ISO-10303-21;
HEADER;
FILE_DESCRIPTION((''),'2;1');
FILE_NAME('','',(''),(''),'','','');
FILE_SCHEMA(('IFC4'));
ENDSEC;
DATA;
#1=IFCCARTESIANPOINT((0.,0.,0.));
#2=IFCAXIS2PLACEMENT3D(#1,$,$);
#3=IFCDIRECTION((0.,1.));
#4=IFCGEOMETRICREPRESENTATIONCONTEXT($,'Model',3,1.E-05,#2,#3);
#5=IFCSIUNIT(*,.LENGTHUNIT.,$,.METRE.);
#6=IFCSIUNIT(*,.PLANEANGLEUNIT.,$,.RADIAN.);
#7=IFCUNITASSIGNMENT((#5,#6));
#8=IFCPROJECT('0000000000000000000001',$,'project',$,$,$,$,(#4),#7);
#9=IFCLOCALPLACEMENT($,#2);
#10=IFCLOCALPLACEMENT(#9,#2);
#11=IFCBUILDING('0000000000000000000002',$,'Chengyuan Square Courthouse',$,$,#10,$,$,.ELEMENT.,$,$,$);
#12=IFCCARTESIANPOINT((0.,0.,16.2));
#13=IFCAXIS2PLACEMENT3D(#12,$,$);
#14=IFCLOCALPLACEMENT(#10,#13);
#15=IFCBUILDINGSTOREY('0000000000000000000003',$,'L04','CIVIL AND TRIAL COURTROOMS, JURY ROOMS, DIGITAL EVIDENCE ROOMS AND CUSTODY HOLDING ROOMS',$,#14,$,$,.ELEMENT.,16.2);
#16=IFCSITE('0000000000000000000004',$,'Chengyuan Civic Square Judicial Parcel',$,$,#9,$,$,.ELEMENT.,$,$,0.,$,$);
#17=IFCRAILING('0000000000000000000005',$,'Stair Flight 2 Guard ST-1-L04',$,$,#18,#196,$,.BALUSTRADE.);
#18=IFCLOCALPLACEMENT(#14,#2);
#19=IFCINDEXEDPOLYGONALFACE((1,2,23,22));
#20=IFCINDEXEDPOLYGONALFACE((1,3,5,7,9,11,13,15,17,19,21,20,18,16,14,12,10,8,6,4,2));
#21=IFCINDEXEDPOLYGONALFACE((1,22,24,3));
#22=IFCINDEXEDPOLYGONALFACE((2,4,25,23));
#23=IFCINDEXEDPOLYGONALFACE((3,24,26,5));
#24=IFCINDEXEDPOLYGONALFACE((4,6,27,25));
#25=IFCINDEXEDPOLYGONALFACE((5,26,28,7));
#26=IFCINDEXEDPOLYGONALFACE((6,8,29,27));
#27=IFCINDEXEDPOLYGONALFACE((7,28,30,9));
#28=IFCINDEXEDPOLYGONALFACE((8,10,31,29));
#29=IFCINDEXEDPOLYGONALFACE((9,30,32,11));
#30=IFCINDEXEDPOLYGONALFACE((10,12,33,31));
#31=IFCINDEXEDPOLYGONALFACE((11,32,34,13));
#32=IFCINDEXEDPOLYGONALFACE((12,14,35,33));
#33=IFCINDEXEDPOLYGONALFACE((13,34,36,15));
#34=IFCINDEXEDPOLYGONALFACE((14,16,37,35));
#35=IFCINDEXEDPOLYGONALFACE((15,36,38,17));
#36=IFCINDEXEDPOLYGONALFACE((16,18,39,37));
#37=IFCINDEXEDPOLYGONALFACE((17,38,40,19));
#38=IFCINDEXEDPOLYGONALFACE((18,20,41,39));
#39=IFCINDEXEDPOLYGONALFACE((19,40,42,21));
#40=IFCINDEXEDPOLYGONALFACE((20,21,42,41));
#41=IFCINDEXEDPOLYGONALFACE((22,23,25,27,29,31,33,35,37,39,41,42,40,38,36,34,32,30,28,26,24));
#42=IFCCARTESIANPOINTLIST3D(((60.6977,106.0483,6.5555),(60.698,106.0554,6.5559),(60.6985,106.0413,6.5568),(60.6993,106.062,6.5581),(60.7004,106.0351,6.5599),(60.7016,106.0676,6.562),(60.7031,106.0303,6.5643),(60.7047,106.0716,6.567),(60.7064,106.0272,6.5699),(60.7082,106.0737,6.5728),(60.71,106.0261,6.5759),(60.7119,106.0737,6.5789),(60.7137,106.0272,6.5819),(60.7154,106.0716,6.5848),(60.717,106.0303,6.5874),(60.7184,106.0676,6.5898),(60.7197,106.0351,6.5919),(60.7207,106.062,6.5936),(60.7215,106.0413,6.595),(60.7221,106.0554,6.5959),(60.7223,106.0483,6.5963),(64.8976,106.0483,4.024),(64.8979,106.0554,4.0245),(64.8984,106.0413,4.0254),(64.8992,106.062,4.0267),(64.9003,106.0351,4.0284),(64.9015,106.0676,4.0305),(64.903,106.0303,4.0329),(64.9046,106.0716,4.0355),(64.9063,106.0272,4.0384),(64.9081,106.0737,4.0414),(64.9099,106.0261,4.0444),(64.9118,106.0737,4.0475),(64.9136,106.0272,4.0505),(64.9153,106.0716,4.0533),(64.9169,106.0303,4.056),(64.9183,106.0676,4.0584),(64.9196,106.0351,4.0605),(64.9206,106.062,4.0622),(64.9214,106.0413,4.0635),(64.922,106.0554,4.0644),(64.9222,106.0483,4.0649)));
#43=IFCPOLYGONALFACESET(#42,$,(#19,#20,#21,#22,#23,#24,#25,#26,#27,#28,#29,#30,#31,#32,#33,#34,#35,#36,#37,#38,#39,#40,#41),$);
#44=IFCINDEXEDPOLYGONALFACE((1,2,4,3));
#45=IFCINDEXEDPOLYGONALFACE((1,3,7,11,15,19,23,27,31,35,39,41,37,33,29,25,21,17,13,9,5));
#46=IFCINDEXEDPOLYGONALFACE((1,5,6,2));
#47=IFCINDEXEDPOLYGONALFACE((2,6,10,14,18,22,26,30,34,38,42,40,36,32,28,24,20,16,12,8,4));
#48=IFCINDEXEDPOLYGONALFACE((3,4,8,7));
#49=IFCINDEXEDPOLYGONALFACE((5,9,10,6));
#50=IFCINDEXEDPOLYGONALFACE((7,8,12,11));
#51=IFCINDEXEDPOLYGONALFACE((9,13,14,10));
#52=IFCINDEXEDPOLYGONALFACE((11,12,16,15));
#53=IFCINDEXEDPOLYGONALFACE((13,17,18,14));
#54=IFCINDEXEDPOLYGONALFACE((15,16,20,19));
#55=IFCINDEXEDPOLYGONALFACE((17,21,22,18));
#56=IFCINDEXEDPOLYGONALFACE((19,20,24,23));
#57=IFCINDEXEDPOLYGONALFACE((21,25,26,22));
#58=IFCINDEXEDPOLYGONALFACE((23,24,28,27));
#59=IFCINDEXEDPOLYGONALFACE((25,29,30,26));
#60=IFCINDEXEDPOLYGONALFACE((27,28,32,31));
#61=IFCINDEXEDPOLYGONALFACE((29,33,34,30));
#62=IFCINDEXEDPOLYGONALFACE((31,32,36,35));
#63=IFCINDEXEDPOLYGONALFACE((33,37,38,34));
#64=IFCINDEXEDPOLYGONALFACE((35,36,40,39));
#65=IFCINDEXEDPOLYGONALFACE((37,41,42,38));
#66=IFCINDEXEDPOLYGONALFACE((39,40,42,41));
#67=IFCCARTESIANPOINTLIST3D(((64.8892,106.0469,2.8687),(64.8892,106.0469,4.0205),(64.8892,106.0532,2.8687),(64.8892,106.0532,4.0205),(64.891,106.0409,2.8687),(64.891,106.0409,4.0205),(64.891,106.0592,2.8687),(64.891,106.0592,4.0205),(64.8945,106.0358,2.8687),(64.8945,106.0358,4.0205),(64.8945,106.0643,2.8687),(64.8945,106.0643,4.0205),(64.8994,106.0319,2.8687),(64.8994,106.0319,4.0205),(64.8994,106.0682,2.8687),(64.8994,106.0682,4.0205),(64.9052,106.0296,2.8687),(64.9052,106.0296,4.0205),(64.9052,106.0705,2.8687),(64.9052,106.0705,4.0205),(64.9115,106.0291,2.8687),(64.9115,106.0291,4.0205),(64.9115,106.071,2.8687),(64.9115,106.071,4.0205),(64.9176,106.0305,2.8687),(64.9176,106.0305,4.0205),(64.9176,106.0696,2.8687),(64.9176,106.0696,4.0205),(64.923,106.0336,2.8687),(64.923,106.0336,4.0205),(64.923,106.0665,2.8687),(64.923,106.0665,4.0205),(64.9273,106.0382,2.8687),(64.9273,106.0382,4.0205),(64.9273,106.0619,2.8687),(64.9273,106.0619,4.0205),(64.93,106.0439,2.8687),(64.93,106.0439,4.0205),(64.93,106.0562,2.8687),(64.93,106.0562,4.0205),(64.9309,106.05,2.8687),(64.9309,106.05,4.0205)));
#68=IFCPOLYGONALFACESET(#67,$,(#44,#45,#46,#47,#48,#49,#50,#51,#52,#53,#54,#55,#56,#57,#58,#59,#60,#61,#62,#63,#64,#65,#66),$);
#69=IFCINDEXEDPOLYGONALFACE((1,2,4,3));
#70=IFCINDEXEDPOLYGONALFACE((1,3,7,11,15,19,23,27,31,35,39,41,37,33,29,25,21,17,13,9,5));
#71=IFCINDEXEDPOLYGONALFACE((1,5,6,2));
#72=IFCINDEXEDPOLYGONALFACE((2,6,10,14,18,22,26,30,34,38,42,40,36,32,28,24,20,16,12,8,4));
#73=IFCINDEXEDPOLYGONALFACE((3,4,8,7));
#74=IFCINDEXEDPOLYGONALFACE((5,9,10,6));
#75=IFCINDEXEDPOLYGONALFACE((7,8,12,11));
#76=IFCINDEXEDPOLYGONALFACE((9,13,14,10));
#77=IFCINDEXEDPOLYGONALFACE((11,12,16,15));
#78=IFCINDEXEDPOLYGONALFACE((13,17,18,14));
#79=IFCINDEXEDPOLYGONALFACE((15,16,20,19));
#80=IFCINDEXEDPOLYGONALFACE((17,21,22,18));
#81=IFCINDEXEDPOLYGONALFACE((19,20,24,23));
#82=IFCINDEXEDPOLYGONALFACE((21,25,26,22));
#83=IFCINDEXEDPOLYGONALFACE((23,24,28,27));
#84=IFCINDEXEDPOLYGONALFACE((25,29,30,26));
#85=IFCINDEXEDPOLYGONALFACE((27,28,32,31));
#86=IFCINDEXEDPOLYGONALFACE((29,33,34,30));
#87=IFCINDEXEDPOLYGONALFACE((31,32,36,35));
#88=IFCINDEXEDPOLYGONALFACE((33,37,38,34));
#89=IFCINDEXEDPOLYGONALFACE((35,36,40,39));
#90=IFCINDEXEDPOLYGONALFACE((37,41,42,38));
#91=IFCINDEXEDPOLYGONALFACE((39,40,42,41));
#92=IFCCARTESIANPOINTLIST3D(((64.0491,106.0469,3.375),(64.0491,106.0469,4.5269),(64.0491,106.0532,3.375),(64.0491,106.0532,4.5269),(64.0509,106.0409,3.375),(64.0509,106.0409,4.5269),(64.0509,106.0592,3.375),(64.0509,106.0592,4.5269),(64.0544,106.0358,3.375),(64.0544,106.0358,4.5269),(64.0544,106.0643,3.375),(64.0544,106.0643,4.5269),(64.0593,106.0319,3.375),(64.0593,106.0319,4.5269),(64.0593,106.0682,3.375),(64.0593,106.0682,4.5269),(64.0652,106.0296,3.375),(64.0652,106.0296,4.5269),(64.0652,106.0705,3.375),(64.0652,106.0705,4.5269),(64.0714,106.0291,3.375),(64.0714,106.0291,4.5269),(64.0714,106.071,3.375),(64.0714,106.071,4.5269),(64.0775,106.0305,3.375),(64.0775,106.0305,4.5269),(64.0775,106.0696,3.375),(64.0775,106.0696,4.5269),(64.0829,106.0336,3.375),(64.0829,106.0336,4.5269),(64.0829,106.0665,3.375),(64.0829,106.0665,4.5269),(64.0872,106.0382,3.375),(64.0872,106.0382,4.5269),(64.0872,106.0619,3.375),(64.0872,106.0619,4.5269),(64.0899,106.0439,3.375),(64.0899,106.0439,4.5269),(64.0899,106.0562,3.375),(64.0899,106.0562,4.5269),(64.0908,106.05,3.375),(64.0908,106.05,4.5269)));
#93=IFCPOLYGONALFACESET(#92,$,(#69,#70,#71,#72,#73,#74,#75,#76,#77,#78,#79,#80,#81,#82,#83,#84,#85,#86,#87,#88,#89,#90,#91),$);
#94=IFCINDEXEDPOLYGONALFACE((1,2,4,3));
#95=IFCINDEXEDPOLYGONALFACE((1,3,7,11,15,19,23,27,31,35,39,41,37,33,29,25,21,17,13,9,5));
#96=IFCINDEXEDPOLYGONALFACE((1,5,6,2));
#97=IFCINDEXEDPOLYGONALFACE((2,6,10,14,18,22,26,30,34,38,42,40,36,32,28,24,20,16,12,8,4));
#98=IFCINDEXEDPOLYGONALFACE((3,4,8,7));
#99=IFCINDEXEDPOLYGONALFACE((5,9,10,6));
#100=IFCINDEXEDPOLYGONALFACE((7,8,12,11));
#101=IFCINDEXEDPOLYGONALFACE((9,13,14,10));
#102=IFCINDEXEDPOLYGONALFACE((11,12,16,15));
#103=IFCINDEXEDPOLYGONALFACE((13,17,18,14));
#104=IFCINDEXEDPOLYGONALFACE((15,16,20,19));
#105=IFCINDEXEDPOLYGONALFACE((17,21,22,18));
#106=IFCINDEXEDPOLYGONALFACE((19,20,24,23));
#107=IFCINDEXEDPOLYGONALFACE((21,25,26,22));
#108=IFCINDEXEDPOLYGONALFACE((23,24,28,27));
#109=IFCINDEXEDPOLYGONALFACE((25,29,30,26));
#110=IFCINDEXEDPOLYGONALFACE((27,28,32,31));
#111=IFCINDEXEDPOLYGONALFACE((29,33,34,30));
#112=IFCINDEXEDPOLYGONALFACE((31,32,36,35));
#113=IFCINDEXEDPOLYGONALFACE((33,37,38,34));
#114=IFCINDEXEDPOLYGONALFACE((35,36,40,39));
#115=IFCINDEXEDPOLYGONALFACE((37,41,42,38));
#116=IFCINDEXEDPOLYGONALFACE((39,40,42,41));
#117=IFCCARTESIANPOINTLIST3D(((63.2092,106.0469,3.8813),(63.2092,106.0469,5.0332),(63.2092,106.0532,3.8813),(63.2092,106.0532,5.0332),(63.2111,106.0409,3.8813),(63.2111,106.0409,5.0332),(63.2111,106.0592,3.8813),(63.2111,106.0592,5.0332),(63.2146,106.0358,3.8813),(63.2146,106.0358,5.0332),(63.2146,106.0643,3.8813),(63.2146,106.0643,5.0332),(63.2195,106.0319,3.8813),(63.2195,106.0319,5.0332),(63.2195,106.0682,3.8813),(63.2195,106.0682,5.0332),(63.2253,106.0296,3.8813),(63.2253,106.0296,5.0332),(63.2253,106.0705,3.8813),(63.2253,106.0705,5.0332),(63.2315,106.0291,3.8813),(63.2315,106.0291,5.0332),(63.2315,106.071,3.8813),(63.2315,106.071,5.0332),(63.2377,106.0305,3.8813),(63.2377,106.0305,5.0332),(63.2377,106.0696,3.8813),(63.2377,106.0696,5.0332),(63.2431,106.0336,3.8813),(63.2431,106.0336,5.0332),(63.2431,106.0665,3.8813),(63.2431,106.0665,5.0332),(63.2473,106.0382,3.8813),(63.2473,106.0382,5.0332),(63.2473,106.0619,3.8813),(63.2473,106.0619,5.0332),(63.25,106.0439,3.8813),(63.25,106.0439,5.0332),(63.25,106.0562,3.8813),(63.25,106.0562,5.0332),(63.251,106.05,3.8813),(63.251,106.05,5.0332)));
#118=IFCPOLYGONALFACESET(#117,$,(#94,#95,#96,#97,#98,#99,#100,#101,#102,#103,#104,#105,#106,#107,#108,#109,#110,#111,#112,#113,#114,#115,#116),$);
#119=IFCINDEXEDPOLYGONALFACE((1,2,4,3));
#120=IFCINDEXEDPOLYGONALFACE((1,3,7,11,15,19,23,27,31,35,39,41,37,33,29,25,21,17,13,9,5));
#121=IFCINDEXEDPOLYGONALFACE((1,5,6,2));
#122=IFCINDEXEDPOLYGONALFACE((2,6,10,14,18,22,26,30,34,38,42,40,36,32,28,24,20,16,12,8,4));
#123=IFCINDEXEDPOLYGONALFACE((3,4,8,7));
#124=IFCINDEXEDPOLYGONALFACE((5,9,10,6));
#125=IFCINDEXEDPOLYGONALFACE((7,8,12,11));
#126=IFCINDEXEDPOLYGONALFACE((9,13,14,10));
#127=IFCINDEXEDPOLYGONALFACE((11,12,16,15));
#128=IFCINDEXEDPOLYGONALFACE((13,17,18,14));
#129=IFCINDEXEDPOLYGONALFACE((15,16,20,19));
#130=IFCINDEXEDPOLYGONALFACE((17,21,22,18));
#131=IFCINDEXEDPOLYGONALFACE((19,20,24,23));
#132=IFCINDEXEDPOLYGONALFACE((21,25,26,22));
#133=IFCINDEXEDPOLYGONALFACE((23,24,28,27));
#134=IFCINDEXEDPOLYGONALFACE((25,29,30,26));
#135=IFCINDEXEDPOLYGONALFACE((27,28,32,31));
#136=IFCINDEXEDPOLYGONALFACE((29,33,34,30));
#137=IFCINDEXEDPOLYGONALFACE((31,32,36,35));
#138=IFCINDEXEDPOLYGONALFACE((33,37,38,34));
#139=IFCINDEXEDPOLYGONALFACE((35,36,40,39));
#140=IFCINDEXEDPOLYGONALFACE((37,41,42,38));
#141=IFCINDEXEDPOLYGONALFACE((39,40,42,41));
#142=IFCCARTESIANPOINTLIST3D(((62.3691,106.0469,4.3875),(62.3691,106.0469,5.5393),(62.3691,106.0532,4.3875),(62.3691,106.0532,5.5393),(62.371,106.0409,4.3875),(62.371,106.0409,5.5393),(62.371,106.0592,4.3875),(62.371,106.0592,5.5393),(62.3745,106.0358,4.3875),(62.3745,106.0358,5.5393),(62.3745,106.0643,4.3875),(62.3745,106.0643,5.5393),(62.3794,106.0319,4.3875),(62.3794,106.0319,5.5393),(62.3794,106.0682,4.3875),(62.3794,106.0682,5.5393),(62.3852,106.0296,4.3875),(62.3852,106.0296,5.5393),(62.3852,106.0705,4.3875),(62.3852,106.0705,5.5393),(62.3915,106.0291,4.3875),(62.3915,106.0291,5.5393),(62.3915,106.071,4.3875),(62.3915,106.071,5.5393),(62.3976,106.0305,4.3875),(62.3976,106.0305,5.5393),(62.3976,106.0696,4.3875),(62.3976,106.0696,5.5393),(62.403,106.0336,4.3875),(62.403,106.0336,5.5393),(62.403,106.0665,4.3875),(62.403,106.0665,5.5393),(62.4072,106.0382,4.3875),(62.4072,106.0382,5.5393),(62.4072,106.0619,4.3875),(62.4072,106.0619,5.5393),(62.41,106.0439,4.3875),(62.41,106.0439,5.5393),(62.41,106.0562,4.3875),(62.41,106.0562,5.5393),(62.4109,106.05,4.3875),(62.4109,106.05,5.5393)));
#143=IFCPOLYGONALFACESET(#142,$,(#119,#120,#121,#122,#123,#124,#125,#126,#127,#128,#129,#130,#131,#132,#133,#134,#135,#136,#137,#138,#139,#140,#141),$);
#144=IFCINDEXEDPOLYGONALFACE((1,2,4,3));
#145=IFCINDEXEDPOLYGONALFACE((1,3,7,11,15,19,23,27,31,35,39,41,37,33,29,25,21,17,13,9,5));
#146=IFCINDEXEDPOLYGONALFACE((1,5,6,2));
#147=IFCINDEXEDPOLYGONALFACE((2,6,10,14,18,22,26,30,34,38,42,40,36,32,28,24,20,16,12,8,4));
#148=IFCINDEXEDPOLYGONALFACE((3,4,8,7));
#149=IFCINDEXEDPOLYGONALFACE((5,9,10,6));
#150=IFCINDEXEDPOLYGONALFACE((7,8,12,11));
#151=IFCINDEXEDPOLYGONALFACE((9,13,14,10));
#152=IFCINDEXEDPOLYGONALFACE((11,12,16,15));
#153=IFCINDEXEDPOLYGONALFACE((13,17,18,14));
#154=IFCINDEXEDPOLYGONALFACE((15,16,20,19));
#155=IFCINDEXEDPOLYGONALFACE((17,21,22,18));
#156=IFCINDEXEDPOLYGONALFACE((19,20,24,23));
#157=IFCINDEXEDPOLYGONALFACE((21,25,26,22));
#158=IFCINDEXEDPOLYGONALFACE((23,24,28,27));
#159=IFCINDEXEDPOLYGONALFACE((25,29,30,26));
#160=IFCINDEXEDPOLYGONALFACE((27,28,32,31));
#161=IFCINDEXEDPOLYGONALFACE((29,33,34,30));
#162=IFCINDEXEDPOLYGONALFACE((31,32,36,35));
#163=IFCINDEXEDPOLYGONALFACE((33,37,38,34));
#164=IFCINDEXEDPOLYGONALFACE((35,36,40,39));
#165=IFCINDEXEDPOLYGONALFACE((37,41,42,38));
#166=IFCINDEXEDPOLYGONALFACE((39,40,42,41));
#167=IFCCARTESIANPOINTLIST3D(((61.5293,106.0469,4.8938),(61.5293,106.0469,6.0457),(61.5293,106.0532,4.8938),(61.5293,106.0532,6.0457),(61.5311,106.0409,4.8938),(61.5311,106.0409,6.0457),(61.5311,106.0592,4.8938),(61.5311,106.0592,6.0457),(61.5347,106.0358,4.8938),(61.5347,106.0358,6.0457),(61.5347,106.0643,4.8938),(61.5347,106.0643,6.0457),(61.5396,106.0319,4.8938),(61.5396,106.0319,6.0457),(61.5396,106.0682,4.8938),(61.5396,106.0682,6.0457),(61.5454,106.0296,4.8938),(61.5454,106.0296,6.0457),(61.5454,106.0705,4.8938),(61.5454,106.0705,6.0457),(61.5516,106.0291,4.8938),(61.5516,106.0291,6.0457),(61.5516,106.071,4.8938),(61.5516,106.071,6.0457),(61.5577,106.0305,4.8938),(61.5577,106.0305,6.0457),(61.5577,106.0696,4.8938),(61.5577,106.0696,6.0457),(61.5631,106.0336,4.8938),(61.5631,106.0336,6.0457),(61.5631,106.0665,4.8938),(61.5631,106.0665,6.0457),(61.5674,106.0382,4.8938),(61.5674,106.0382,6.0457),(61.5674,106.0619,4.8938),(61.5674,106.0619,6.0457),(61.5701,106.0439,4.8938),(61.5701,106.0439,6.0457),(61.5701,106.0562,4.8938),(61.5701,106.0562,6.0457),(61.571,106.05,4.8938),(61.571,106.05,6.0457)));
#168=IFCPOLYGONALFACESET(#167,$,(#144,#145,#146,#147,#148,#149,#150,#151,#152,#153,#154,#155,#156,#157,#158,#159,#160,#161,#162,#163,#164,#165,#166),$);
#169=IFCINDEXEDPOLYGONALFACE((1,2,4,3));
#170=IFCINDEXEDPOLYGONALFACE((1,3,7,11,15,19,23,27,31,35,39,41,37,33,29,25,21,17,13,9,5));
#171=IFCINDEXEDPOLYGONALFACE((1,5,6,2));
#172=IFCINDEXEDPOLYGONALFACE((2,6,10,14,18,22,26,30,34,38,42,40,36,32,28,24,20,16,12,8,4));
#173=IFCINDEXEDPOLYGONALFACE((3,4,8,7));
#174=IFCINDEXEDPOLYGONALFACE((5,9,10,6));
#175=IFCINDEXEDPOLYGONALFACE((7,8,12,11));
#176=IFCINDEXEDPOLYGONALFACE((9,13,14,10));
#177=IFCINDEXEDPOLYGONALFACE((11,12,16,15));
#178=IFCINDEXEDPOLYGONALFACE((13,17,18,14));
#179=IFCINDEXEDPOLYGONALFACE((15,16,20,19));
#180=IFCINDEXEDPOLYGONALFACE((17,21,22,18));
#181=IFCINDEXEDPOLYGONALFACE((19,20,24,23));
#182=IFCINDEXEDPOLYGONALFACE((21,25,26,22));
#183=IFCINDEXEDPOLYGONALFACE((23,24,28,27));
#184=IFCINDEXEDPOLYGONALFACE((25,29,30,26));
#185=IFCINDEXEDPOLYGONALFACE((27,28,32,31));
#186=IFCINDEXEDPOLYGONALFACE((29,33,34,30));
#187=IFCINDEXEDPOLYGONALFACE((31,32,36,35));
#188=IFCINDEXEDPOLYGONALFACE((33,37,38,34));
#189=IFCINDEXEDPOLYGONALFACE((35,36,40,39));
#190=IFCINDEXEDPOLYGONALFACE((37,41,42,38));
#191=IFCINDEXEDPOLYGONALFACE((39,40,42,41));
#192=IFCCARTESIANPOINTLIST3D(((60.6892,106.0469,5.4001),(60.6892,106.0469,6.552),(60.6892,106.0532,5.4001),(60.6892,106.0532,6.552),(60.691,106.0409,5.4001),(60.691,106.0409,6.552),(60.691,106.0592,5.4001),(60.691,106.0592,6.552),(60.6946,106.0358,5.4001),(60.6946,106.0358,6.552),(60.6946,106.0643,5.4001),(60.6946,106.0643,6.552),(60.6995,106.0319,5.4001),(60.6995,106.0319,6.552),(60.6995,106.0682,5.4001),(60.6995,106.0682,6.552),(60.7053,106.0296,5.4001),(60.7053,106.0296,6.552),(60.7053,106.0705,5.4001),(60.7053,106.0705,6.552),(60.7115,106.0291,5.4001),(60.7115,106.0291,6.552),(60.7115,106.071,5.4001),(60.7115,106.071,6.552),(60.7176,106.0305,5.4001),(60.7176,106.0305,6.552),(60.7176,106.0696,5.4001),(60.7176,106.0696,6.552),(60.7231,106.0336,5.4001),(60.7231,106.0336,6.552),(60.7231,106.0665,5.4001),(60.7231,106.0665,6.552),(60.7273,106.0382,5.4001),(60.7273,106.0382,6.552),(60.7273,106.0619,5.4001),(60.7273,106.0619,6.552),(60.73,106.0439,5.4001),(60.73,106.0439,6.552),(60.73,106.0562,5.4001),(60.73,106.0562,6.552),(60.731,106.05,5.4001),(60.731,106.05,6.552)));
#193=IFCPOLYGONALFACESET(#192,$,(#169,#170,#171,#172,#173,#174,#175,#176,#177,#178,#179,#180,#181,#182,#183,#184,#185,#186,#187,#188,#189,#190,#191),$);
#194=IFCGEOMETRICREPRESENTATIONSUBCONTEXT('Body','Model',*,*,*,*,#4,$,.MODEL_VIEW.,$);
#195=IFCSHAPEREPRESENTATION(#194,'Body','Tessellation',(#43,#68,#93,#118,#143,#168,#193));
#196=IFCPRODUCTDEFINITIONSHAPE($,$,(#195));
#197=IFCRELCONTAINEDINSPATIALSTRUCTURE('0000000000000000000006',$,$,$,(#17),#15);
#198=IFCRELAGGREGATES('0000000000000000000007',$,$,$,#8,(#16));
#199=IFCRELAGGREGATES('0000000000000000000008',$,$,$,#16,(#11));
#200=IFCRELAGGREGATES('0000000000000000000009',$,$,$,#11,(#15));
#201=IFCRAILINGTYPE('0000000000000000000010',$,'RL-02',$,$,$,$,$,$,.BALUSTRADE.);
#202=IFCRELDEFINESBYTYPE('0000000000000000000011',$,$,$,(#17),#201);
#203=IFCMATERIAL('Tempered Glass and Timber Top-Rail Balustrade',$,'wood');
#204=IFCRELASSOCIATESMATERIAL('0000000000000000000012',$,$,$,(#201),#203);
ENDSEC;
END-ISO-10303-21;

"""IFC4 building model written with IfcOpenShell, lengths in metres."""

from ifc_helpers import new_model, si_unit, direction, frame, origin, origin_2d, place, context, subcontext, project, spatial, circle, extrude, material, type_object, element, save


model = new_model("IFC4")

# Units and contexts
model_context = context("Model", 3, precision=1e-05, world=origin(), true_north=direction((0.0, 1.0)))
body_context = subcontext(model_context, "Body", "Model", "MODEL_VIEW")
ifc_project = project(units=[si_unit("LENGTHUNIT", "METRE"), si_unit("PLANEANGLEUNIT", "RADIAN")], contexts=[model_context])

# Site, building, storey
site_placement = place(None, origin())
site = spatial("IfcSite", under=ifc_project, at=site_placement, Name="Chengyuan Civic Square Judicial Parcel", CompositionType="ELEMENT", RefElevation=0.0)
building_placement = place(site_placement, origin())
building = spatial("IfcBuilding", under=site, at=building_placement, Name="Chengyuan Square Courthouse", CompositionType="ELEMENT")
storey_placement = place(building_placement, frame((0.0, 0.0, 16.2)))
storey = spatial("IfcBuildingStorey", under=building, at=storey_placement, Name="L04", Description="CIVIL AND TRIAL COURTROOMS, JURY ROOMS, DIGITAL EVIDENCE ROOMS AND CUSTODY HOLDING ROOMS", CompositionType="ELEMENT", Elevation=16.2)

# Railing
ifc_material_1 = material(Name="Tempered Glass and Timber Top-Rail Balustrade", Category="wood")
railing_type_1 = type_object("IfcRailingType", Name="RL-02", PredefinedType="BALUSTRADE", material=ifc_material_1)
railing_1_placement = place(storey_placement, frame((64.9099, 106.05, 2.8687)))
element("IfcRailing", 1, at=railing_1_placement, inside=storey, type_object=railing_type_1, Name="Stair Flight 2 Guard ST-1-L04", PredefinedType="BALUSTRADE", context=body_context, shape_type="SweptSolid", body=[
    extrude(circle(Radius=0.0239, at=origin_2d()), frame((0.0, 0.0, 1.1758), z_axis=(-0.856454, 0.0, 0.516223), x_axis=(0.0, -1.0, 0.0)), (0.0, 0.0, 1.0), 4.9038),
    extrude(circle(Radius=0.021, at=origin_2d()), origin(), (0.0, 0.0, 1.0), 1.1519),
    extrude(circle(Radius=0.021, at=origin_2d()), frame((-0.8401, 0.0, 0.5063)), (0.0, 0.0, 1.0), 1.1519),
    extrude(circle(Radius=0.021, at=origin_2d()), frame((-1.6799, 0.0, 1.0127)), (0.0, 0.0, 1.0), 1.1519),
    extrude(circle(Radius=0.021, at=origin_2d()), frame((-2.52, 0.0, 1.5188)), (0.0, 0.0, 1.0), 1.1519),
    extrude(circle(Radius=0.021, at=origin_2d()), frame((-3.3599, 0.0, 2.0251)), (0.0, 0.0, 1.0), 1.1519),
    extrude(circle(Radius=0.021, at=origin_2d()), frame((-4.2, 0.0, 2.5315)), (0.0, 0.0, 1.0), 1.1519),
])

save(model, "model.ifc")
